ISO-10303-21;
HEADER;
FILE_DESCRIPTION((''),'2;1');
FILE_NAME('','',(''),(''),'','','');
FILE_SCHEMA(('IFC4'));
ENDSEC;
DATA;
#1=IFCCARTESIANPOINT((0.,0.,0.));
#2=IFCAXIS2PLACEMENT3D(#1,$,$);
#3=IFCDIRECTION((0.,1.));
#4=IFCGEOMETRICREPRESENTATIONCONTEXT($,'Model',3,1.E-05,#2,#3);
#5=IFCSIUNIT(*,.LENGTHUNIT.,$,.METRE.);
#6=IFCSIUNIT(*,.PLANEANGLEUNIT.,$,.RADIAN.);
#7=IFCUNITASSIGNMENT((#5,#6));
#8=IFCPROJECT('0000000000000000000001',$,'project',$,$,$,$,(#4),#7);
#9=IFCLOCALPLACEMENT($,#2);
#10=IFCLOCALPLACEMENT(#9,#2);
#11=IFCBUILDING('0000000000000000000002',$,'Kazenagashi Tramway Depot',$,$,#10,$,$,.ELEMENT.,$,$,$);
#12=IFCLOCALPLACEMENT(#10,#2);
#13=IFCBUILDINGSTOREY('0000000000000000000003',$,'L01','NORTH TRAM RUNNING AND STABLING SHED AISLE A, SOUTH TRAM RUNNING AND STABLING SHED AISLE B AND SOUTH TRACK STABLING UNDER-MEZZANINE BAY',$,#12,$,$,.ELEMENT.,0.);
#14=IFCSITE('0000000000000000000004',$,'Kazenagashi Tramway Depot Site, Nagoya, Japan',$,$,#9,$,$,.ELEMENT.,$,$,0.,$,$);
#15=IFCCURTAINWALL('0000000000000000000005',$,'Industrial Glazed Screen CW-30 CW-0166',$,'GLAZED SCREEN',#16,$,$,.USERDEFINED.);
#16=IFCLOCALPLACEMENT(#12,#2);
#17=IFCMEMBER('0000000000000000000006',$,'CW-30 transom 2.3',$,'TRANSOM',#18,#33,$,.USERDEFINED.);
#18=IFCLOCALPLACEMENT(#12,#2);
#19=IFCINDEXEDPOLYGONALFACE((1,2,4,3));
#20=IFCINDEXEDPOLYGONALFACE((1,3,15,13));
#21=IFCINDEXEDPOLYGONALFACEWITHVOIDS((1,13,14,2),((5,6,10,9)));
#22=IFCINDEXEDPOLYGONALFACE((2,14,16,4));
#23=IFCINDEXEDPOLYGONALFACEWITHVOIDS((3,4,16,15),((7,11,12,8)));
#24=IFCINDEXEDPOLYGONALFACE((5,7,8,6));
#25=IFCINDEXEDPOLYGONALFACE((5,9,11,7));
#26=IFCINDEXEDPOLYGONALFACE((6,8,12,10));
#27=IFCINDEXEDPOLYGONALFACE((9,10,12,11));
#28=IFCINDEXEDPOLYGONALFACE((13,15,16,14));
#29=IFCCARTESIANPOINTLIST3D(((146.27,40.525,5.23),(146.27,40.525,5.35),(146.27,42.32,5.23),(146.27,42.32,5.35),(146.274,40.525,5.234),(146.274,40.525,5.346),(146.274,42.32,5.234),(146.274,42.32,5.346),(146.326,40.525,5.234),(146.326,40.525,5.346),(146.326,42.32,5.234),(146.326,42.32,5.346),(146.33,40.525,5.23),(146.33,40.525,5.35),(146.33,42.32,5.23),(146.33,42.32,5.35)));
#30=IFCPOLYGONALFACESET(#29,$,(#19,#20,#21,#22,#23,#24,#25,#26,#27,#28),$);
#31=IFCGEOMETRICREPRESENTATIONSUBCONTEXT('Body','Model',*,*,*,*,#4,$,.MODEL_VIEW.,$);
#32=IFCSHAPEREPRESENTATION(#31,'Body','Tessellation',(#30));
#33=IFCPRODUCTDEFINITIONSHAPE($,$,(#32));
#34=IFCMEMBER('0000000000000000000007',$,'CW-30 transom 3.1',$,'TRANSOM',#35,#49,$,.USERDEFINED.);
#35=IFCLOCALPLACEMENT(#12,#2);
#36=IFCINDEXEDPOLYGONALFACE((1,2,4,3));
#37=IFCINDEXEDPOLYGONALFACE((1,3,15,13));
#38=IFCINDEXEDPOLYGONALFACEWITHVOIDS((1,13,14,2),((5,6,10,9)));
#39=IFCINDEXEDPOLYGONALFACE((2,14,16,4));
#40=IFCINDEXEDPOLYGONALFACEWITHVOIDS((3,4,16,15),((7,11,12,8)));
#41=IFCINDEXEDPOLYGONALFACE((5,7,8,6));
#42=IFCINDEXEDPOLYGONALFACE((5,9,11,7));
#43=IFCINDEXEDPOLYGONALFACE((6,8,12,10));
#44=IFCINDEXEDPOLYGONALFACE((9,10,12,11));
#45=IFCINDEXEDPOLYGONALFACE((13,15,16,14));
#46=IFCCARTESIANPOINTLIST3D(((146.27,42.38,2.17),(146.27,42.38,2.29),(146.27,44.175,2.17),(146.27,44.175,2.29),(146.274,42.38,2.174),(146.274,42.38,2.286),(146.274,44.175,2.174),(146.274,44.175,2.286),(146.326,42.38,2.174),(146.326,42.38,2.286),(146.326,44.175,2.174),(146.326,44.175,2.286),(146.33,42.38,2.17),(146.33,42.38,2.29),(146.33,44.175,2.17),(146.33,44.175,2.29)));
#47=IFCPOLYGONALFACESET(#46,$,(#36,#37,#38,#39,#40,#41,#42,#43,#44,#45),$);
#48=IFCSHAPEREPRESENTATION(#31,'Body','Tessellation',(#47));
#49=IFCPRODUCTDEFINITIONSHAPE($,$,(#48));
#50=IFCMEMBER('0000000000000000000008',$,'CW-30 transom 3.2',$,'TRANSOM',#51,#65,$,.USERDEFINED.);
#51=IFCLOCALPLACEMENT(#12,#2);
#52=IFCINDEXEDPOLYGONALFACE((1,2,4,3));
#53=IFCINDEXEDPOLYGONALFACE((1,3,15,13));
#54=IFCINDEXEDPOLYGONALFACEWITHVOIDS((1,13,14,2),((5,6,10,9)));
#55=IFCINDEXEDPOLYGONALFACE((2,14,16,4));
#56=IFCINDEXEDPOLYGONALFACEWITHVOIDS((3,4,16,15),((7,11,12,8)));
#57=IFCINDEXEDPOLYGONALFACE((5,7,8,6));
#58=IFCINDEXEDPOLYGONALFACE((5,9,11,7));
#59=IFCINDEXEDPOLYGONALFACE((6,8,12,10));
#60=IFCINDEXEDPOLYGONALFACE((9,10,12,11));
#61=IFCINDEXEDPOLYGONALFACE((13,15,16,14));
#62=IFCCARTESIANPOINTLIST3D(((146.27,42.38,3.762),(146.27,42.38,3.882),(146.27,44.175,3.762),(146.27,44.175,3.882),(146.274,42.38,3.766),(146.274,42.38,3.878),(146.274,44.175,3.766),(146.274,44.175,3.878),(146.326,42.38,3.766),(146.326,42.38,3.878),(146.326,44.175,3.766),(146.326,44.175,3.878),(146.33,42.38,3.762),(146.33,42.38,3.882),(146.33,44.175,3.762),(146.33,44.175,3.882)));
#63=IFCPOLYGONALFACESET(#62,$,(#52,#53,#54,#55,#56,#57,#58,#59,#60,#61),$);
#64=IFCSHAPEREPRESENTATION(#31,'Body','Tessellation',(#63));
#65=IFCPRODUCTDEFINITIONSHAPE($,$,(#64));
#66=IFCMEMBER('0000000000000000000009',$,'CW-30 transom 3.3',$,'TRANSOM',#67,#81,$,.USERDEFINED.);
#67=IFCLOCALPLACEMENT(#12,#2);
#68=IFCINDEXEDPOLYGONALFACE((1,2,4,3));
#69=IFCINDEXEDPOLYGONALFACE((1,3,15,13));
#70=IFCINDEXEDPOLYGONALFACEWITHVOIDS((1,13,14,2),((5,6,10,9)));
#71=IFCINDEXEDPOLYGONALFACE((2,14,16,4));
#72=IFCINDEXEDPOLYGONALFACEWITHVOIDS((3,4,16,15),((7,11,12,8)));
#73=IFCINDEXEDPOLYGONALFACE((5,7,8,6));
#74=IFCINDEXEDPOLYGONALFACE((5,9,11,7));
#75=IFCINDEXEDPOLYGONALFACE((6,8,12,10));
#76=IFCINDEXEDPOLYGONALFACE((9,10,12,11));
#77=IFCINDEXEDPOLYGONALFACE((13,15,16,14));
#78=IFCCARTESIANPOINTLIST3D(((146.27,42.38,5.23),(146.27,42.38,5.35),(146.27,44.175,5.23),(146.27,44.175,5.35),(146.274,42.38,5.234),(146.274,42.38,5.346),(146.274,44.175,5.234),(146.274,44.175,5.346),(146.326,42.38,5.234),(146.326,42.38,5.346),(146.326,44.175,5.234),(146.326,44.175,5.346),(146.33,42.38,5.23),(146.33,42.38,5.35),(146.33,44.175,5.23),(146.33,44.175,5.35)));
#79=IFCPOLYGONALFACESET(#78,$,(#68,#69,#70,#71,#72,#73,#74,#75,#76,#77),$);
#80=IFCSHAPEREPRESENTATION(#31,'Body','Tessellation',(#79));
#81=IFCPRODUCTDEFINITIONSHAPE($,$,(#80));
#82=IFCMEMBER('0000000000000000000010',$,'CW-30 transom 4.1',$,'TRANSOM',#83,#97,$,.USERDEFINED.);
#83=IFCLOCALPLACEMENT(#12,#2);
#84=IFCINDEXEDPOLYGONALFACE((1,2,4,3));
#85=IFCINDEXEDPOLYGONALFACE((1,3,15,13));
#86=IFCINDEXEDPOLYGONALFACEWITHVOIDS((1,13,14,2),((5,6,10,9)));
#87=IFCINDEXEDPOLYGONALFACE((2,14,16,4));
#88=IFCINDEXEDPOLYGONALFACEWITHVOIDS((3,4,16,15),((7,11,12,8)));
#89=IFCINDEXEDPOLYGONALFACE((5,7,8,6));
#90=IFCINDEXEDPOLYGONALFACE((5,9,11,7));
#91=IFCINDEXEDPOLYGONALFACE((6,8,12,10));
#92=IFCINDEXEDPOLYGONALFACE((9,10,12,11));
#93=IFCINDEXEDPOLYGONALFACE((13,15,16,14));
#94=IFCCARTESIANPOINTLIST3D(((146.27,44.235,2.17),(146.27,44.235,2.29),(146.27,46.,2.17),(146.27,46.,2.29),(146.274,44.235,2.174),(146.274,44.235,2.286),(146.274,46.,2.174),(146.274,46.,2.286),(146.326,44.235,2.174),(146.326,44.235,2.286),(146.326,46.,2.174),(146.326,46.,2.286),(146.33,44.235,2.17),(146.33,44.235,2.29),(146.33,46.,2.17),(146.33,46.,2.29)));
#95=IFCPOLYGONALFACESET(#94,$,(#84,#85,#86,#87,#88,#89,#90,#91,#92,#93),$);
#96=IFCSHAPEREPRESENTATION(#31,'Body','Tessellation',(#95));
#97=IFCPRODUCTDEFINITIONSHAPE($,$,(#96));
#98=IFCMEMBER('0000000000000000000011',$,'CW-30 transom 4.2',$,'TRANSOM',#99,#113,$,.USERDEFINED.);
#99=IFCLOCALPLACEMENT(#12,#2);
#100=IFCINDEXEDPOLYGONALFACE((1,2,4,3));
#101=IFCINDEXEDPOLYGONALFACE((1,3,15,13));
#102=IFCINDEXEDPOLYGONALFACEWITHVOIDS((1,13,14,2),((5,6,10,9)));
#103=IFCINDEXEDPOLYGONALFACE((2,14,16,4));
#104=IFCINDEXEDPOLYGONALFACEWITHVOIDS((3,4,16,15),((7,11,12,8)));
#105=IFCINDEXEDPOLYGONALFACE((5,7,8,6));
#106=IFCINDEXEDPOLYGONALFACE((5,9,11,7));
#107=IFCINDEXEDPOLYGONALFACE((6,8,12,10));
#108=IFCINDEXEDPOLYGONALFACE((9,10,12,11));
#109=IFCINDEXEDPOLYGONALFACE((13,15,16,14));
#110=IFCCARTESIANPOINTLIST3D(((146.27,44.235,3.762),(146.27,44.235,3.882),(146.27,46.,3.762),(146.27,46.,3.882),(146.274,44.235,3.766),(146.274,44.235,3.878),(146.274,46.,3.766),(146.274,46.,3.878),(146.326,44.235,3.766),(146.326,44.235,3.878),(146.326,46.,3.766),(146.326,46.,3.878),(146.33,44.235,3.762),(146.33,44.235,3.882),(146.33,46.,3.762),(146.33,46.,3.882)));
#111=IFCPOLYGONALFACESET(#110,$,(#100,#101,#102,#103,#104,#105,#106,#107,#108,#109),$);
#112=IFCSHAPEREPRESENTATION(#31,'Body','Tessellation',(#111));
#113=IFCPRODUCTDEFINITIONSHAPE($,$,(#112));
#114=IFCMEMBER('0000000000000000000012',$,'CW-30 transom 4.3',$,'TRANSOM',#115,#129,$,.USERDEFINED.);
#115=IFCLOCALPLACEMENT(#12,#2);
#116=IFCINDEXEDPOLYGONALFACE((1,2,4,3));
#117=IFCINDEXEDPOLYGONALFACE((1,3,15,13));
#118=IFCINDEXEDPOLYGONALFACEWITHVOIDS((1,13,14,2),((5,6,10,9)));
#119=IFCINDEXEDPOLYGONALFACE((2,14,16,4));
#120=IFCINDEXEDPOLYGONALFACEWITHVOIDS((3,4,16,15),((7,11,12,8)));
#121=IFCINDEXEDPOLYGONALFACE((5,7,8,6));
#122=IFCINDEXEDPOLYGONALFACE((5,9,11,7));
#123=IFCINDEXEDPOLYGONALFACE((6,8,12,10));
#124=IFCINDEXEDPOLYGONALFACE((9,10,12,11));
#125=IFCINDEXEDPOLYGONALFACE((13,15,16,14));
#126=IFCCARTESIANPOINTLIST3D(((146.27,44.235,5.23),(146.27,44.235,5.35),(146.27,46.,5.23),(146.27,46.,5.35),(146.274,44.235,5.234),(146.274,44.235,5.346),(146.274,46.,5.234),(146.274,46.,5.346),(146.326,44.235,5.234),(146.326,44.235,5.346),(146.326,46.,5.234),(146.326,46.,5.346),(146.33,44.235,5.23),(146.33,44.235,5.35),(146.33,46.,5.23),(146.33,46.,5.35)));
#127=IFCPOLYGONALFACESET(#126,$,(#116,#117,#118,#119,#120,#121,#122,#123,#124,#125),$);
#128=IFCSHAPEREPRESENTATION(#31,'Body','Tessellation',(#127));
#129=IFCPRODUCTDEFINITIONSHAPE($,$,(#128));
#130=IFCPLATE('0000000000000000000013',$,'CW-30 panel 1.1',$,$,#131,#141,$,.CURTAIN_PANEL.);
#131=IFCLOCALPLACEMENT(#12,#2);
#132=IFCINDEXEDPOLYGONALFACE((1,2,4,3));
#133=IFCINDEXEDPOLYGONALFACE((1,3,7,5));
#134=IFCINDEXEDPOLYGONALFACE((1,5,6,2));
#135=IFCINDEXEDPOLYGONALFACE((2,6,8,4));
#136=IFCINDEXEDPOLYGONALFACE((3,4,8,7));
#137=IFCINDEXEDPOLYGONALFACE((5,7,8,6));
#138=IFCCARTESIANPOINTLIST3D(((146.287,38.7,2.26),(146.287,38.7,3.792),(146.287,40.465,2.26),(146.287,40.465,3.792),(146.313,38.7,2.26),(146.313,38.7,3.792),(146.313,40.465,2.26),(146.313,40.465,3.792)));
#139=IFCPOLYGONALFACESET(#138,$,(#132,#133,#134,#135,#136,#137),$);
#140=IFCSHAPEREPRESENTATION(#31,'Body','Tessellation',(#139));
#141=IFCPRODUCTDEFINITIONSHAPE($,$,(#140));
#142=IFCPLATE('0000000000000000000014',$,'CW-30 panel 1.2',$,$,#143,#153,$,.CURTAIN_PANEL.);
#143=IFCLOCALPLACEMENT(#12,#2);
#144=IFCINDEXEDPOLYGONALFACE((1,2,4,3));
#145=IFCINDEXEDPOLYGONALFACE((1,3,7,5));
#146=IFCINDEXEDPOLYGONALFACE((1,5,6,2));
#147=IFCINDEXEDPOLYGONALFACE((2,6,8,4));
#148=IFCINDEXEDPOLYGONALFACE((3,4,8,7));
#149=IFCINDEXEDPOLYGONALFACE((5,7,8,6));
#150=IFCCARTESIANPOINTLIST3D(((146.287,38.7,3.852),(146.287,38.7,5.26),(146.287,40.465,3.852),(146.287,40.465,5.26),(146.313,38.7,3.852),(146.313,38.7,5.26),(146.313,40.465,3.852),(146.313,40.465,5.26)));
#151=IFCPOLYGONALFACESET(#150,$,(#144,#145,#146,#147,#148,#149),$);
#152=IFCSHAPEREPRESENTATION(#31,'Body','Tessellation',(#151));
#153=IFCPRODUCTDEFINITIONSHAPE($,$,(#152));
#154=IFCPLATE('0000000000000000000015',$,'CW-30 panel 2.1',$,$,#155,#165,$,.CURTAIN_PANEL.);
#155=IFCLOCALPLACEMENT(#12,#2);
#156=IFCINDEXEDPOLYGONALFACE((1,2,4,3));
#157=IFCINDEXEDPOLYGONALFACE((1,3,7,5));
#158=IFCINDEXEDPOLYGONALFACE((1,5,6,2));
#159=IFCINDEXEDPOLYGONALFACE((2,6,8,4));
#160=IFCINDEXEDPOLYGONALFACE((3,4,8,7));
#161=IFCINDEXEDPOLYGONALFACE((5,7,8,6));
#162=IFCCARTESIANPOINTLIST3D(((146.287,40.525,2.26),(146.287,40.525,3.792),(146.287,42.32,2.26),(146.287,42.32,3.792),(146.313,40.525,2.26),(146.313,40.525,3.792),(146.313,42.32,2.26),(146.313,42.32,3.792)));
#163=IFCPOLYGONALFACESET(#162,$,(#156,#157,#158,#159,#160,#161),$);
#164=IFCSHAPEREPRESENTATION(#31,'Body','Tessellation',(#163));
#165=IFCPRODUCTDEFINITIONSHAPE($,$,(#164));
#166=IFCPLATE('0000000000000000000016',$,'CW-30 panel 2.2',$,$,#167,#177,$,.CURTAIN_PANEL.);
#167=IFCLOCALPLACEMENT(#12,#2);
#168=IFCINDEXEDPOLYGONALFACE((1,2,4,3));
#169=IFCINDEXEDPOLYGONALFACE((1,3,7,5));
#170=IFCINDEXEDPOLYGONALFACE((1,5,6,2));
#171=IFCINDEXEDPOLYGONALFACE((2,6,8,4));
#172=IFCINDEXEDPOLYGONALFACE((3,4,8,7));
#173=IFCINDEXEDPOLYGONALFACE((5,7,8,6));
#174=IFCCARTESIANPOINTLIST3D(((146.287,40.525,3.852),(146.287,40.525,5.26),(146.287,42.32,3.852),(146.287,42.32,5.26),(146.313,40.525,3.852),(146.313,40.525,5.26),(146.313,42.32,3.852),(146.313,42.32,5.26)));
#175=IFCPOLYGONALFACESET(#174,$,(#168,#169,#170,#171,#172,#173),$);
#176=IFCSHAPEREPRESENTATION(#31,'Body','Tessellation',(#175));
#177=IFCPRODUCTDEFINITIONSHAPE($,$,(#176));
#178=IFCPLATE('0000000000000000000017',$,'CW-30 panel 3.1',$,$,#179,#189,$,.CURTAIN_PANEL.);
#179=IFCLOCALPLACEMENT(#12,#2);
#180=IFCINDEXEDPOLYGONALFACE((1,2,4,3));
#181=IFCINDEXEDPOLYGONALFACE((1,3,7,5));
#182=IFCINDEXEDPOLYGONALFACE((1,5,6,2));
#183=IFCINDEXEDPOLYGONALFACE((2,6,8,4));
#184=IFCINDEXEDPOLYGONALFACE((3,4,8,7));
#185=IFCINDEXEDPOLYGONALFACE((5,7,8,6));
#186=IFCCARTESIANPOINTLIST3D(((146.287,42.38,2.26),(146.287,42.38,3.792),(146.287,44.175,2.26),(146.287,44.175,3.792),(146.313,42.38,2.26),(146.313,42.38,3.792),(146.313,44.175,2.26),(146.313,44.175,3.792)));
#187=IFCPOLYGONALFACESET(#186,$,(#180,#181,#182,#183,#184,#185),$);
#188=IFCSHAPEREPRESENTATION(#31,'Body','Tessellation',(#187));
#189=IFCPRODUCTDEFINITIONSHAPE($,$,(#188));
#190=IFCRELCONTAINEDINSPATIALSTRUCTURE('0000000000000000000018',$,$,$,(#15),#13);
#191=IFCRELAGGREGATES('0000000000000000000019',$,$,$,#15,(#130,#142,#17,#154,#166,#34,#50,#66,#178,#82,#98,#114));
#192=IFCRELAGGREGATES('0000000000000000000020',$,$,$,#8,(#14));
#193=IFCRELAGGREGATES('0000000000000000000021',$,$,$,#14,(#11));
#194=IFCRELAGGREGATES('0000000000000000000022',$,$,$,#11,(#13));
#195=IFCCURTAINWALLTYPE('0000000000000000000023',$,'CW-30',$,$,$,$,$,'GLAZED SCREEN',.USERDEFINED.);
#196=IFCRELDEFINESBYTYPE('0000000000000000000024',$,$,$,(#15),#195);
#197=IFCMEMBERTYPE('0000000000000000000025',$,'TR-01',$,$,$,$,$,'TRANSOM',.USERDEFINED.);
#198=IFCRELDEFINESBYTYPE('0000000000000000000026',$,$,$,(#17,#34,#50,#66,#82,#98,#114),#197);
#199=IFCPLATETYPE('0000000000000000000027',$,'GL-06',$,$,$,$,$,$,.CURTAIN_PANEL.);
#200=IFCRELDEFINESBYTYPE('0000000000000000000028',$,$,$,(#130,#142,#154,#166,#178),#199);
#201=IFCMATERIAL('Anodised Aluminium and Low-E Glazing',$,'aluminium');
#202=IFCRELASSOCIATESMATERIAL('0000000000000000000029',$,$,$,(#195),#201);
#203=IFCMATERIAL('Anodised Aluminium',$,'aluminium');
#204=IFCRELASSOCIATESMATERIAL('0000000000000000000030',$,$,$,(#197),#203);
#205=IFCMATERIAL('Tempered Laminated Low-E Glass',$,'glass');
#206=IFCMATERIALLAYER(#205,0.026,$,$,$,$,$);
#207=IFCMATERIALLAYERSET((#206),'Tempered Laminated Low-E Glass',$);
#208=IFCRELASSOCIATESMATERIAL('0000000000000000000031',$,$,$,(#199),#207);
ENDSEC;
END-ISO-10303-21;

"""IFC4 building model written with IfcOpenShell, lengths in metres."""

from ifc_helpers import new_model, si_unit, direction, frame, origin, origin_2d, place, context, subcontext, project, spatial, rectangle, hollow_rectangle, extrude, material, layer, layer_set, material_profile, profile_set, type_object, element, aggregate, save


model = new_model("IFC4")

# Units and contexts
model_context = context("Model", 3, precision=1e-05, world=origin(), true_north=direction((0.0, 1.0)))
body_context = subcontext(model_context, "Body", "Model", "MODEL_VIEW")
ifc_project = project(units=[si_unit("LENGTHUNIT", "METRE"), si_unit("PLANEANGLEUNIT", "RADIAN")], contexts=[model_context])

# Site, building, storey
site_placement = place(None, origin())
site = spatial("IfcSite", under=ifc_project, at=site_placement, Name="Kazenagashi Tramway Depot Site, Nagoya, Japan", CompositionType="ELEMENT", RefElevation=0.0)
building_placement = place(site_placement, origin())
building = spatial("IfcBuilding", under=site, at=building_placement, Name="Kazenagashi Tramway Depot", CompositionType="ELEMENT")
storey_placement = place(building_placement, origin())
storey = spatial("IfcBuildingStorey", under=building, at=storey_placement, Name="L01", Description="NORTH TRAM RUNNING AND STABLING SHED AISLE A, SOUTH TRAM RUNNING AND STABLING SHED AISLE B AND SOUTH TRACK STABLING UNDER-MEZZANINE BAY", CompositionType="ELEMENT", Elevation=0.0)

# Curtain wall, members, plates
ifc_material_1 = material(Name="Anodised Aluminium and Low-E Glazing", Category="aluminium")
curtain_wall_type = type_object("IfcCurtainWallType", Name="CW-30", ElementType="GLAZED SCREEN", PredefinedType="USERDEFINED", material=ifc_material_1)
curtain_wall_placement = place(storey_placement, origin())
curtain_wall = element("IfcCurtainWall", 1, at=curtain_wall_placement, inside=storey, type_object=curtain_wall_type, Name="Industrial Glazed Screen CW-30 CW-0166", ObjectType="GLAZED SCREEN", PredefinedType="USERDEFINED")
ifc_material_2 = material(Name="Anodised Aluminium", Category="aluminium")
ifc_material_profile_1 = material_profile(ifc_material_2, hollow_rectangle(XDim=0.06, YDim=0.12, WallThickness=0.004, at=origin_2d()), Name="RHS-120x60x4")
ifc_profile_set_1 = profile_set([ifc_material_profile_1], Name="Anodised Aluminium")
member_type_1 = type_object("IfcMemberType", Name="TR-01", ElementType="TRANSOM", PredefinedType="USERDEFINED", material=ifc_profile_set_1)
member_1_placement = place(storey_placement, frame((146.3, 40.525, 5.29), z_axis=(0.0, 1.0, 0.0), x_axis=(-1.0, 0.0, 0.0)))
member_1 = element("IfcMember", 2, at=member_1_placement, type_object=member_type_1, Name="CW-30 transom 2.3", ObjectType="TRANSOM", PredefinedType="USERDEFINED", context=body_context, shape_type="SweptSolid", body=[
    extrude(hollow_rectangle(XDim=0.06, YDim=0.12, WallThickness=0.004, at=origin_2d()), origin(), (0.0, 0.0, 1.0), 1.795),
])
member_2_placement = place(storey_placement, frame((146.3, 42.38, 2.23), z_axis=(0.0, 1.0, 0.0), x_axis=(-1.0, 0.0, 0.0)))
member_2 = element("IfcMember", 3, at=member_2_placement, type_object=member_type_1, Name="CW-30 transom 3.1", ObjectType="TRANSOM", PredefinedType="USERDEFINED", context=body_context, shape_type="SweptSolid", body=[
    extrude(hollow_rectangle(XDim=0.06, YDim=0.12, WallThickness=0.004, at=origin_2d()), origin(), (0.0, 0.0, 1.0), 1.795),
])
member_3_placement = place(storey_placement, frame((146.3, 42.38, 3.822), z_axis=(0.0, 1.0, 0.0), x_axis=(-1.0, 0.0, 0.0)))
member_3 = element("IfcMember", 4, at=member_3_placement, type_object=member_type_1, Name="CW-30 transom 3.2", ObjectType="TRANSOM", PredefinedType="USERDEFINED", context=body_context, shape_type="SweptSolid", body=[
    extrude(hollow_rectangle(XDim=0.06, YDim=0.12, WallThickness=0.004, at=origin_2d()), origin(), (0.0, 0.0, 1.0), 1.795),
])
member_4_placement = place(storey_placement, frame((146.3, 42.38, 5.29), z_axis=(0.0, 1.0, 0.0), x_axis=(-1.0, 0.0, 0.0)))
member_4 = element("IfcMember", 5, at=member_4_placement, type_object=member_type_1, Name="CW-30 transom 3.3", ObjectType="TRANSOM", PredefinedType="USERDEFINED", context=body_context, shape_type="SweptSolid", body=[
    extrude(hollow_rectangle(XDim=0.06, YDim=0.12, WallThickness=0.004, at=origin_2d()), origin(), (0.0, 0.0, 1.0), 1.795),
])
member_5_placement = place(storey_placement, frame((146.3, 44.235, 2.23), z_axis=(0.0, 1.0, 0.0), x_axis=(-1.0, 0.0, 0.0)))
member_5 = element("IfcMember", 6, at=member_5_placement, type_object=member_type_1, Name="CW-30 transom 4.1", ObjectType="TRANSOM", PredefinedType="USERDEFINED", context=body_context, shape_type="SweptSolid", body=[
    extrude(hollow_rectangle(XDim=0.06, YDim=0.12, WallThickness=0.004, at=origin_2d()), origin(), (0.0, 0.0, 1.0), 1.765),
])
member_6_placement = place(storey_placement, frame((146.3, 44.235, 3.822), z_axis=(0.0, 1.0, 0.0), x_axis=(-1.0, 0.0, 0.0)))
member_6 = element("IfcMember", 7, at=member_6_placement, type_object=member_type_1, Name="CW-30 transom 4.2", ObjectType="TRANSOM", PredefinedType="USERDEFINED", context=body_context, shape_type="SweptSolid", body=[
    extrude(hollow_rectangle(XDim=0.06, YDim=0.12, WallThickness=0.004, at=origin_2d()), origin(), (0.0, 0.0, 1.0), 1.765),
])
member_7_placement = place(storey_placement, frame((146.3, 44.235, 5.29), z_axis=(0.0, 1.0, 0.0), x_axis=(-1.0, 0.0, 0.0)))
member_7 = element("IfcMember", 8, at=member_7_placement, type_object=member_type_1, Name="CW-30 transom 4.3", ObjectType="TRANSOM", PredefinedType="USERDEFINED", context=body_context, shape_type="SweptSolid", body=[
    extrude(hollow_rectangle(XDim=0.06, YDim=0.12, WallThickness=0.004, at=origin_2d()), origin(), (0.0, 0.0, 1.0), 1.765),
])
ifc_material_3 = material(Name="Tempered Laminated Low-E Glass", Category="glass")
ifc_layer = layer(ifc_material_3, 0.026)
ifc_layer_set = layer_set([ifc_layer], Name="Tempered Laminated Low-E Glass")
plate_type = type_object("IfcPlateType", Name="GL-06", PredefinedType="CURTAIN_PANEL", material=ifc_layer_set)
plate_1_placement = place(storey_placement, frame((146.3, 39.5825, 2.26), z_axis=(0.0, 0.0, 1.0), x_axis=(0.0, 1.0, 0.0)))
plate_1 = element("IfcPlate", 9, at=plate_1_placement, type_object=plate_type, Name="CW-30 panel 1.1", PredefinedType="CURTAIN_PANEL", context=body_context, shape_type="SweptSolid", body=[
    extrude(rectangle(XDim=1.765, YDim=0.026, at=origin_2d()), origin(), (0.0, 0.0, 1.0), 1.532),
])
plate_2_placement = place(storey_placement, frame((146.3, 39.5825, 3.852), z_axis=(0.0, 0.0, 1.0), x_axis=(0.0, 1.0, 0.0)))
plate_2 = element("IfcPlate", 10, at=plate_2_placement, type_object=plate_type, Name="CW-30 panel 1.2", PredefinedType="CURTAIN_PANEL", context=body_context, shape_type="SweptSolid", body=[
    extrude(rectangle(XDim=1.765, YDim=0.026, at=origin_2d()), origin(), (0.0, 0.0, 1.0), 1.408),
])
plate_3_placement = place(storey_placement, frame((146.3, 41.4225, 2.26), z_axis=(0.0, 0.0, 1.0), x_axis=(0.0, 1.0, 0.0)))
plate_3 = element("IfcPlate", 11, at=plate_3_placement, type_object=plate_type, Name="CW-30 panel 2.1", PredefinedType="CURTAIN_PANEL", context=body_context, shape_type="SweptSolid", body=[
    extrude(rectangle(XDim=1.795, YDim=0.026, at=origin_2d()), origin(), (0.0, 0.0, 1.0), 1.532),
])
plate_4_placement = place(storey_placement, frame((146.3, 41.4225, 3.852), z_axis=(0.0, 0.0, 1.0), x_axis=(0.0, 1.0, 0.0)))
plate_4 = element("IfcPlate", 12, at=plate_4_placement, type_object=plate_type, Name="CW-30 panel 2.2", PredefinedType="CURTAIN_PANEL", context=body_context, shape_type="SweptSolid", body=[
    extrude(rectangle(XDim=1.795, YDim=0.026, at=origin_2d()), origin(), (0.0, 0.0, 1.0), 1.408),
])
plate_5_placement = place(storey_placement, frame((146.3, 43.2775, 2.26), z_axis=(0.0, 0.0, 1.0), x_axis=(0.0, 1.0, 0.0)))
plate_5 = element("IfcPlate", 13, at=plate_5_placement, type_object=plate_type, Name="CW-30 panel 3.1", PredefinedType="CURTAIN_PANEL", context=body_context, shape_type="SweptSolid", body=[
    extrude(rectangle(XDim=1.795, YDim=0.026, at=origin_2d()), origin(), (0.0, 0.0, 1.0), 1.532),
])
aggregate(curtain_wall, [plate_1, plate_2, member_1, plate_3, plate_4, member_2, member_3, member_4, plate_5, member_5, member_6, member_7])

save(model, "model.ifc")
